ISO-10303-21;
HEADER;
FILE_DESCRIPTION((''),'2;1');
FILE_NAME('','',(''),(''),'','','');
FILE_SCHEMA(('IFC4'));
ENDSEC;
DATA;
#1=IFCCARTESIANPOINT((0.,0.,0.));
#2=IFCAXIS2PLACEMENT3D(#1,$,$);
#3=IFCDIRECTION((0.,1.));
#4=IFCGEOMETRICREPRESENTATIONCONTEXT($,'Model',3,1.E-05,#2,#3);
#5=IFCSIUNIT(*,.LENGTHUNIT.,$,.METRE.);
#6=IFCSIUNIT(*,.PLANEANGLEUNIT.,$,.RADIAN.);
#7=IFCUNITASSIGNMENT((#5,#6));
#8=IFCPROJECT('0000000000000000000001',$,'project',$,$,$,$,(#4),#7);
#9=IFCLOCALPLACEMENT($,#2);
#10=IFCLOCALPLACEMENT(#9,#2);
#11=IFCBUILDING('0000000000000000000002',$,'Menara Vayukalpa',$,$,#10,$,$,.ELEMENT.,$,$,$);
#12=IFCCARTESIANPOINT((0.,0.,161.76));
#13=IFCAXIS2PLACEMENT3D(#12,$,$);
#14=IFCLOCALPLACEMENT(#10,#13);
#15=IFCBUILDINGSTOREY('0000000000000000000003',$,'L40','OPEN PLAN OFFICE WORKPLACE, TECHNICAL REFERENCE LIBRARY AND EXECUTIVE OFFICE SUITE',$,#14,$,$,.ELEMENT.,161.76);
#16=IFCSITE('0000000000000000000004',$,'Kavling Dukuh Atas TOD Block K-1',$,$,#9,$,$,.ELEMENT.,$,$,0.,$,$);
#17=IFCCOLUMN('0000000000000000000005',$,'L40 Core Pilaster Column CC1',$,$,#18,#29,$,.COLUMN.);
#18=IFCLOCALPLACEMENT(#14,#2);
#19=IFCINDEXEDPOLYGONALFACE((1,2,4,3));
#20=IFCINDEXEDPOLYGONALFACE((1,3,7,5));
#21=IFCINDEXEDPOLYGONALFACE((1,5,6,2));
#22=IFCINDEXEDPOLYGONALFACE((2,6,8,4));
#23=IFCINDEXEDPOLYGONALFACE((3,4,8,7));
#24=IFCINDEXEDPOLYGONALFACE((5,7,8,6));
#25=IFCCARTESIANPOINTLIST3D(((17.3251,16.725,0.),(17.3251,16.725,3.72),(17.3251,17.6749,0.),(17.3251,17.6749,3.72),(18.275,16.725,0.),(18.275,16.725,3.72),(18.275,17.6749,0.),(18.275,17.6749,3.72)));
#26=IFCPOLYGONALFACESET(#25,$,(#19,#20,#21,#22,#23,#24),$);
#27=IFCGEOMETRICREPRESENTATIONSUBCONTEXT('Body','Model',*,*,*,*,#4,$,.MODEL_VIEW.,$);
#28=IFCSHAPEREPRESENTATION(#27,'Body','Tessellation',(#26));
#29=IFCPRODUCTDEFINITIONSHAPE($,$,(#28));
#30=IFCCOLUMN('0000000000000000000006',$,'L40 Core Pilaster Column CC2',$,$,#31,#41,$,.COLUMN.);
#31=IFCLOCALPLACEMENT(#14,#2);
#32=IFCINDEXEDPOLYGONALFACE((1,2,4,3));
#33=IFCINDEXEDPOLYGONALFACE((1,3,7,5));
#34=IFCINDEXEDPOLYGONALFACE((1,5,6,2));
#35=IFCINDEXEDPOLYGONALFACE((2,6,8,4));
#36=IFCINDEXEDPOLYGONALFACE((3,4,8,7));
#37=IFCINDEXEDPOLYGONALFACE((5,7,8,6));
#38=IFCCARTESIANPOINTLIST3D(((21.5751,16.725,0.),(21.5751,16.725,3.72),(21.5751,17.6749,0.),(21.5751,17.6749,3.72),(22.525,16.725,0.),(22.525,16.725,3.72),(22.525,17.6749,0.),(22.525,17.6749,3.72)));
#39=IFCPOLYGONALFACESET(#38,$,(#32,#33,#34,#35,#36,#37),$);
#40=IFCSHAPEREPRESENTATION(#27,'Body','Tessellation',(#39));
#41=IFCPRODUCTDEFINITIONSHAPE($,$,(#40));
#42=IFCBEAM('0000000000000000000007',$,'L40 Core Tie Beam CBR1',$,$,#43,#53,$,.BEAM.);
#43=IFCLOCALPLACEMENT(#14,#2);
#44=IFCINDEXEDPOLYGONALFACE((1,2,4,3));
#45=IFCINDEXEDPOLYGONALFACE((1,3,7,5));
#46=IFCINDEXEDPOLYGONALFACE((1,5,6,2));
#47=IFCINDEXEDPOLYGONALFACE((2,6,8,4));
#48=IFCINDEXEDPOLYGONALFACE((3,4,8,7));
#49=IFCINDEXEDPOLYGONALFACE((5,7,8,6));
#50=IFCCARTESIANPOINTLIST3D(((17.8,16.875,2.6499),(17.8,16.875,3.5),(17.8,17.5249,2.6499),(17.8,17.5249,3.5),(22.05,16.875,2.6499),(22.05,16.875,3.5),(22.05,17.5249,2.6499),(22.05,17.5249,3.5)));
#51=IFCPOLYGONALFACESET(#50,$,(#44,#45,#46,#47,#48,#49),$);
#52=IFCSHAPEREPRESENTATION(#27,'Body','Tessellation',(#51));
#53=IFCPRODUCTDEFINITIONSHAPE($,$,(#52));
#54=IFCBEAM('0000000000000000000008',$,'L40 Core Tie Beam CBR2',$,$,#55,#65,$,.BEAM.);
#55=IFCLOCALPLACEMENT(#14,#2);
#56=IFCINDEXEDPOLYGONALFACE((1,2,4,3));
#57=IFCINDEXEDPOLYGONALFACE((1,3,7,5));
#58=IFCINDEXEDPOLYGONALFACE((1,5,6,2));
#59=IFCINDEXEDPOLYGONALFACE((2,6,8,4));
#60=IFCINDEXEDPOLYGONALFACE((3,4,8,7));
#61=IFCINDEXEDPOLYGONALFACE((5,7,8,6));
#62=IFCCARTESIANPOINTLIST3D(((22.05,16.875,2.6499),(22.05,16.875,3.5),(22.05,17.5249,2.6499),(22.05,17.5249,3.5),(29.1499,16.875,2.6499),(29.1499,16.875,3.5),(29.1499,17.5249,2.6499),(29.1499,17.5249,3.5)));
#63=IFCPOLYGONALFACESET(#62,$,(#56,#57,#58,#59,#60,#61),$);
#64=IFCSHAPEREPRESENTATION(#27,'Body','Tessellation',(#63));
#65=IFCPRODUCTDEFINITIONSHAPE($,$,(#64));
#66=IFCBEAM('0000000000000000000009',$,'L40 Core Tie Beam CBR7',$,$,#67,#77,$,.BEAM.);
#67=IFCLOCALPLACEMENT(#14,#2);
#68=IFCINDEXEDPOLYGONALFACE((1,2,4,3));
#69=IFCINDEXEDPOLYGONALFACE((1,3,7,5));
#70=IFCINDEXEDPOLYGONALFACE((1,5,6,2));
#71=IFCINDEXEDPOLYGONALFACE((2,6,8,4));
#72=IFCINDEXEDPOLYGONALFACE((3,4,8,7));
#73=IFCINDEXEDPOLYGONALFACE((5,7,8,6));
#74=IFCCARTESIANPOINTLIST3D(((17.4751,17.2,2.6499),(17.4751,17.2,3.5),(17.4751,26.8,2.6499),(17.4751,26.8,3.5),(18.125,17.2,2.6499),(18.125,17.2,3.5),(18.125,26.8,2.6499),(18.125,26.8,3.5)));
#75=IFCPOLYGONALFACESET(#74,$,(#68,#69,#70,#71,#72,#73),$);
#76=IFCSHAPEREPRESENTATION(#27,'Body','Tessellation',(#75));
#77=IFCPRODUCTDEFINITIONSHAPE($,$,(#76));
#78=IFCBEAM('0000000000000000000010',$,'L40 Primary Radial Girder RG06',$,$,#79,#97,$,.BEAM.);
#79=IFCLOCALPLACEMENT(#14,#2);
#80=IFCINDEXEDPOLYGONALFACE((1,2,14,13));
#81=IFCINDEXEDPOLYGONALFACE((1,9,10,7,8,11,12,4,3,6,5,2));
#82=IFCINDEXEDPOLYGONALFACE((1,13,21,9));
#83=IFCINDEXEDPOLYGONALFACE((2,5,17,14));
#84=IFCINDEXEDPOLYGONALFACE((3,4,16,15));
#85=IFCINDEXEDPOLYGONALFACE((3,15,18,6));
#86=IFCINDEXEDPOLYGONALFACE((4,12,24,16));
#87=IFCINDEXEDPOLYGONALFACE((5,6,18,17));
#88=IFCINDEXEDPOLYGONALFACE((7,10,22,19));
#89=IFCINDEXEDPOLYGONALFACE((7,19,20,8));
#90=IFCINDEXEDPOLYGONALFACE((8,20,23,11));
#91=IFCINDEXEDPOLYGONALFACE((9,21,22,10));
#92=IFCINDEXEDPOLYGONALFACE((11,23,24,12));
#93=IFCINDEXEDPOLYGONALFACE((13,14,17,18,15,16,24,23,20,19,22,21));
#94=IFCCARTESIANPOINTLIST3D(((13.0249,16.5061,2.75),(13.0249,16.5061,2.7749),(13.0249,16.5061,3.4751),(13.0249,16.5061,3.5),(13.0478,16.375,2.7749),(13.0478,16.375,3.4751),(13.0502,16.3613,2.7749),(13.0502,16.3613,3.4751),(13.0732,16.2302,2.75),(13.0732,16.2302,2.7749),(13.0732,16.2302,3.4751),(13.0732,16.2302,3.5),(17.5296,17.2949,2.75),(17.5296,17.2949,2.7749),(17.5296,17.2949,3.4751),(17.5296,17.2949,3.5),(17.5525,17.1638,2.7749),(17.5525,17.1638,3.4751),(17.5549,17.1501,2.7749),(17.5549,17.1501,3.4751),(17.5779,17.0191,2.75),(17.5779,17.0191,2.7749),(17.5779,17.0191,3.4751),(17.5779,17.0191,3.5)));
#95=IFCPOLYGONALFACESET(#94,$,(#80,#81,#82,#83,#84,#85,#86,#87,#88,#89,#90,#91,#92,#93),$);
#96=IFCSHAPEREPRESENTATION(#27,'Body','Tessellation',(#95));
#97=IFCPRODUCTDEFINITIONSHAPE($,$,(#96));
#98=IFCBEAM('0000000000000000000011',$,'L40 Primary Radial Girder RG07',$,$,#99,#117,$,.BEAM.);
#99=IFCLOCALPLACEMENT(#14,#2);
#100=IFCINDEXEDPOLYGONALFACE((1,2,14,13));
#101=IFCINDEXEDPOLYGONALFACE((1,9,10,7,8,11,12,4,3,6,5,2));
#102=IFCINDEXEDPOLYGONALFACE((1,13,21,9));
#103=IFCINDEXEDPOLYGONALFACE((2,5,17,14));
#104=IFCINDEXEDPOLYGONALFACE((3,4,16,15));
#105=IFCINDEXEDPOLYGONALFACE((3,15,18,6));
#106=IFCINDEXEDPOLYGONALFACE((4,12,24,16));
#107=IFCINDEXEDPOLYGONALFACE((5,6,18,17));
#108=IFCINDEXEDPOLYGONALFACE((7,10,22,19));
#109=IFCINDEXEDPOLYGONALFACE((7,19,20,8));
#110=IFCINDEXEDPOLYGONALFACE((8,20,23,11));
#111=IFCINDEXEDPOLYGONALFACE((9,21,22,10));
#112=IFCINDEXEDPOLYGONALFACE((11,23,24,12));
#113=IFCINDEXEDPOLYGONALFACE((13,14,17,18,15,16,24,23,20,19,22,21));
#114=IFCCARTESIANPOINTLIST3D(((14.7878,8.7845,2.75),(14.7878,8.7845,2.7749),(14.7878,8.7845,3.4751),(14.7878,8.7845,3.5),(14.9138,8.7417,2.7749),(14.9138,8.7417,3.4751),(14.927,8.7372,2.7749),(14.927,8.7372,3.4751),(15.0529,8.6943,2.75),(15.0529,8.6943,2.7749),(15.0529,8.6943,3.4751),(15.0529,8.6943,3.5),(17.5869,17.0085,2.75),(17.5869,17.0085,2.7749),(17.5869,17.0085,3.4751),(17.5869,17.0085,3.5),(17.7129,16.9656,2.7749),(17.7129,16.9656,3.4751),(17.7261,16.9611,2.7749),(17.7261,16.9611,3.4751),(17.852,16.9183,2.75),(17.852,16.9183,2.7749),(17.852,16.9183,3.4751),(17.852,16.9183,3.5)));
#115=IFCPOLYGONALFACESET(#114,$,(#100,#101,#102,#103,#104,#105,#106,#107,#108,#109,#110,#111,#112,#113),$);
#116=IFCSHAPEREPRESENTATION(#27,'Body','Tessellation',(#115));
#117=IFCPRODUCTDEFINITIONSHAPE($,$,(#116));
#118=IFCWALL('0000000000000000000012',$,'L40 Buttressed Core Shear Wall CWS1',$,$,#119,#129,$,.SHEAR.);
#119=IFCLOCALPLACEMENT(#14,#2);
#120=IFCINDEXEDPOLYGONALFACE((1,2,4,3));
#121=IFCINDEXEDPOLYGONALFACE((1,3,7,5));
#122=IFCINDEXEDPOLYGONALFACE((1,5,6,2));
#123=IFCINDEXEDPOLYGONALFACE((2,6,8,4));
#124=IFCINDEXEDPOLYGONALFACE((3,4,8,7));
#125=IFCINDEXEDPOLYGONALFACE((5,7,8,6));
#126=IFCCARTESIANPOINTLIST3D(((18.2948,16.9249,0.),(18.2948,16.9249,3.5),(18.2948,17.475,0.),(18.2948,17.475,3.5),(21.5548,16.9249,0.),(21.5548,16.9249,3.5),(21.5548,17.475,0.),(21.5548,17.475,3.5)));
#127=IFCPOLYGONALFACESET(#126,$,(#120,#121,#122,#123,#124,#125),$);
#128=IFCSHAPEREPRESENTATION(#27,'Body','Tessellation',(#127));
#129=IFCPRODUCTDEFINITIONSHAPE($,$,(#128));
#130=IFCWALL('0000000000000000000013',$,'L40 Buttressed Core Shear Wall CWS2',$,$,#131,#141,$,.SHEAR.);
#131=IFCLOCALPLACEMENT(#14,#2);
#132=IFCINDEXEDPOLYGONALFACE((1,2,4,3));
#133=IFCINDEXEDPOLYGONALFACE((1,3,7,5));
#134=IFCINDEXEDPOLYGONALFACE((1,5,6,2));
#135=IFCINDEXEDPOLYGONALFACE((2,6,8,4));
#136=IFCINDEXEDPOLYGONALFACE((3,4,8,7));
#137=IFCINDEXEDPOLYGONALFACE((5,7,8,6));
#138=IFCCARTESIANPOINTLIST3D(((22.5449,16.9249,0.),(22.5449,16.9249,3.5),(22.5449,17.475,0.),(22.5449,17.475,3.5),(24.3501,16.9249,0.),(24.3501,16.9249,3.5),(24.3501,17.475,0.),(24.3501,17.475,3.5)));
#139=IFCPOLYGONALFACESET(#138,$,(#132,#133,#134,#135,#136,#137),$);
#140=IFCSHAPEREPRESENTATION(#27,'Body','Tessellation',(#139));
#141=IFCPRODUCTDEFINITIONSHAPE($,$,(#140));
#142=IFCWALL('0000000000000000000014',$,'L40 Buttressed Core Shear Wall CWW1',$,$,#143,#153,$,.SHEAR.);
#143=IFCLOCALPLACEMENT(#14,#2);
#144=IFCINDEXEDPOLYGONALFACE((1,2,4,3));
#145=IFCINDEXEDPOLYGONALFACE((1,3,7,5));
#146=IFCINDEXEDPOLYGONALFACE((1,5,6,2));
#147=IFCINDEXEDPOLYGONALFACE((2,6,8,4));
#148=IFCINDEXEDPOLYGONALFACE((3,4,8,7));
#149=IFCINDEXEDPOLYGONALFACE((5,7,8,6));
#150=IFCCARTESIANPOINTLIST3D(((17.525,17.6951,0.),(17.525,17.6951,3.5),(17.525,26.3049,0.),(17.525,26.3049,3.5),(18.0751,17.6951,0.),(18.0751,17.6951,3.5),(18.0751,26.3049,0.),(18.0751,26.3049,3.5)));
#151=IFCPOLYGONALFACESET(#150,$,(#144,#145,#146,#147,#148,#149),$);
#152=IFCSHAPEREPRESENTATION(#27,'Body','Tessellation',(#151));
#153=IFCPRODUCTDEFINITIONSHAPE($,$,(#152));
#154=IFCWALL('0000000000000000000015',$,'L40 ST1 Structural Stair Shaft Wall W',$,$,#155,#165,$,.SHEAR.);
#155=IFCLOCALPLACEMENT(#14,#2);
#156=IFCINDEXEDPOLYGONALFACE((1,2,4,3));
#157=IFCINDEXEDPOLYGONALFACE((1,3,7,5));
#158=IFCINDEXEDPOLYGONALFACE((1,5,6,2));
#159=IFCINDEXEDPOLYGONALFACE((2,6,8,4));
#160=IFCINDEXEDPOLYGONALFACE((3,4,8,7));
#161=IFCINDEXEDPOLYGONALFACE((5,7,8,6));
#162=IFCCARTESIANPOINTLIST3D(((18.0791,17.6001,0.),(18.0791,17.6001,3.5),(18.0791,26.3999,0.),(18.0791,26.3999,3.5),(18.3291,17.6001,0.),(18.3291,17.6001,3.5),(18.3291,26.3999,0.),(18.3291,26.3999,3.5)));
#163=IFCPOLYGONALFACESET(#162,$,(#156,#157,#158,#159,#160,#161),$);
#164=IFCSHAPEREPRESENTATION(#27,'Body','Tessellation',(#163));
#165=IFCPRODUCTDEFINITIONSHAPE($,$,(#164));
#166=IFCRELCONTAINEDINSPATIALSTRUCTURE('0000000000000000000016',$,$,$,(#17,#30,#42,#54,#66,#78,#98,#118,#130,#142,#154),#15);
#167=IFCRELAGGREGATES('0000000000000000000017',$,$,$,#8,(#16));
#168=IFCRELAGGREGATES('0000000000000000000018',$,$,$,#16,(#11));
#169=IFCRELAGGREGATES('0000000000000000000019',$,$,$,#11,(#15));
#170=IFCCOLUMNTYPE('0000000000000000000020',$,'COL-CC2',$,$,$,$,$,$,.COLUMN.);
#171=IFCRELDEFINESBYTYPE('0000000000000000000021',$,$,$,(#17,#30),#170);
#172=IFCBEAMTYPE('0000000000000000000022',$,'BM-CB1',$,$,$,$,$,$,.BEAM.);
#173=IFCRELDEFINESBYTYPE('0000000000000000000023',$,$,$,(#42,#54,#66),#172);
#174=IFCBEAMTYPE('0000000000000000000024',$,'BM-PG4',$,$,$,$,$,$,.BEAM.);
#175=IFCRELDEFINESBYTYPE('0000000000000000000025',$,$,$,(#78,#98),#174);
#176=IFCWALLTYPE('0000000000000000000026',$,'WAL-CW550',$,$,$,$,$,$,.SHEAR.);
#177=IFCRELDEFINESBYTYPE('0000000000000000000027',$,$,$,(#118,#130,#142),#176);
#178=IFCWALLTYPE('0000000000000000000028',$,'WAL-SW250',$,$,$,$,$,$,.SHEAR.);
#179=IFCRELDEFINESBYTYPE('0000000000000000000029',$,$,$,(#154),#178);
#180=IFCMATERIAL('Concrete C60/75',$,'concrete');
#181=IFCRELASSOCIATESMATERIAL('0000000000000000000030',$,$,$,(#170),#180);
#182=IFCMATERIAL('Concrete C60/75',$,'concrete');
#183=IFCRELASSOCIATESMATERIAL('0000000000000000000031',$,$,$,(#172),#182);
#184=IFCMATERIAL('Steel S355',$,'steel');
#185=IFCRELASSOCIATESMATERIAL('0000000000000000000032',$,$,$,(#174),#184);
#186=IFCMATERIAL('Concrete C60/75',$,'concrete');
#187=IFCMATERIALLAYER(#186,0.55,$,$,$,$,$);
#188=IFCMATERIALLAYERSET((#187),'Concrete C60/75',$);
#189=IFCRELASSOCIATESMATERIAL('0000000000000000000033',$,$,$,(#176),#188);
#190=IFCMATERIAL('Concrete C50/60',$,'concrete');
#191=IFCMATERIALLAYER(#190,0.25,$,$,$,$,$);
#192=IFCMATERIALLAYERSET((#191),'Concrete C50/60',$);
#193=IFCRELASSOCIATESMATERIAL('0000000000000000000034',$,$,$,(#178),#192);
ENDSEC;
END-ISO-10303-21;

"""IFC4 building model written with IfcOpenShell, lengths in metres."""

from ifc_helpers import new_model, si_unit, direction, frame, frame_2d, origin, origin_2d, place, context, subcontext, project, spatial, rectangle, i_section, extrude, material, layer, layer_set, material_profile, profile_set, type_object, element, save


model = new_model("IFC4")

# Units and contexts
model_context = context("Model", 3, precision=1e-05, world=origin(), true_north=direction((0.0, 1.0)))
body_context = subcontext(model_context, "Body", "Model", "MODEL_VIEW")
ifc_project = project(units=[si_unit("LENGTHUNIT", "METRE"), si_unit("PLANEANGLEUNIT", "RADIAN")], contexts=[model_context])

# Site, building, storey
site_placement = place(None, origin())
site = spatial("IfcSite", under=ifc_project, at=site_placement, Name="Kavling Dukuh Atas TOD Block K-1", CompositionType="ELEMENT", RefElevation=0.0)
building_placement = place(site_placement, origin())
building = spatial("IfcBuilding", under=site, at=building_placement, Name="Menara Vayukalpa", CompositionType="ELEMENT")
storey_placement = place(building_placement, frame((0.0, 0.0, 161.76)))
storey = spatial("IfcBuildingStorey", under=building, at=storey_placement, Name="L40", Description="OPEN PLAN OFFICE WORKPLACE, TECHNICAL REFERENCE LIBRARY AND EXECUTIVE OFFICE SUITE", CompositionType="ELEMENT", Elevation=161.76)

# Columns
ifc_material_1 = material(Name="Concrete C60/75", Category="concrete")
ifc_material_profile_1 = material_profile(ifc_material_1, rectangle(XDim=0.95, YDim=0.95, at=origin_2d()), Name="RC 950x950")
ifc_profile_set_1 = profile_set([ifc_material_profile_1], Name="Concrete C60/75")
column_type = type_object("IfcColumnType", Name="COL-CC2", PredefinedType="COLUMN", material=ifc_profile_set_1)
for number, where, z_axis, x_axis, name in (
    (1, (17.8, 17.2, 0.0), (0.0, 0.0, 1.0), (1.0, 0.0, 0.0), "L40 Core Pilaster Column CC1"),
    (2, (22.05, 17.2, 0.0), (0.0, 0.0, 1.0), (1.0, 0.0, 0.0), "L40 Core Pilaster Column CC2"),
):
    element("IfcColumn", number, at=place(storey_placement, frame(where, z_axis=z_axis, x_axis=x_axis)), inside=storey, type_object=column_type, Name=name, PredefinedType="COLUMN", context=body_context, shape_type="SweptSolid", body=[
        extrude(rectangle(XDim=0.95, YDim=0.95, at=origin_2d()), origin(), (0.0, 0.0, 1.0), 3.72),
    ])

# Beams
ifc_material_2 = material(Name="Concrete C60/75", Category="concrete")
ifc_material_profile_2 = material_profile(ifc_material_2, rectangle(XDim=0.6499, YDim=0.8501, at=origin_2d()), Name="RC 650x850")
ifc_profile_set_2 = profile_set([ifc_material_profile_2], Name="Concrete C60/75")
beam_type_1 = type_object("IfcBeamType", Name="BM-CB1", PredefinedType="BEAM", material=ifc_profile_set_2)
beam_1_placement = place(storey_placement, frame((17.8, 17.2, 3.075), z_axis=(1.0, 0.0, 0.0), x_axis=(0.0, 1.0, 0.0)))
element("IfcBeam", 3, at=beam_1_placement, inside=storey, type_object=beam_type_1, Name="L40 Core Tie Beam CBR1", PredefinedType="BEAM", context=body_context, shape_type="SweptSolid", body=[
    extrude(rectangle(XDim=0.6499, YDim=0.8501, at=origin_2d()), origin(), (0.0, 0.0, 1.0), 4.25),
])
beam_2_placement = place(storey_placement, frame((22.05, 17.2, 3.075), z_axis=(1.0, 0.0, 0.0), x_axis=(0.0, 1.0, 0.0)))
element("IfcBeam", 4, at=beam_2_placement, inside=storey, type_object=beam_type_1, Name="L40 Core Tie Beam CBR2", PredefinedType="BEAM", context=body_context, shape_type="SweptSolid", body=[
    extrude(rectangle(XDim=0.6499, YDim=0.8501, at=origin_2d()), origin(), (0.0, 0.0, 1.0), 7.0999),
])
beam_3_placement = place(storey_placement, frame((17.8, 17.2, 3.075), z_axis=(0.0, 1.0, 0.0), x_axis=(-1.0, 0.0, 0.0)))
element("IfcBeam", 5, at=beam_3_placement, inside=storey, type_object=beam_type_1, Name="L40 Core Tie Beam CBR7", PredefinedType="BEAM", context=body_context, shape_type="SweptSolid", body=[
    extrude(rectangle(XDim=0.6499, YDim=0.8501, at=origin_2d()), origin(), (0.0, 0.0, 1.0), 9.6001),
])
ifc_material_3 = material(Name="Steel S355", Category="steel")
ifc_material_profile_3 = material_profile(ifc_material_3, i_section(OverallWidth=0.28, OverallDepth=0.75, WebThickness=0.0139, FlangeThickness=0.0249, at=origin_2d()), Name="WF 750x280x14x25")
ifc_profile_set_3 = profile_set([ifc_material_profile_3], Name="Steel S355")
beam_type_2 = type_object("IfcBeamType", Name="BM-PG4", PredefinedType="BEAM", material=ifc_profile_set_3)
beam_4_placement = place(storey_placement, frame((17.5537, 17.157, 3.125), z_axis=(-0.985012, -0.172488, 0.0), x_axis=(0.172488, -0.985012, 0.0)))
element("IfcBeam", 6, at=beam_4_placement, inside=storey, type_object=beam_type_2, Name="L40 Primary Radial Girder RG06", PredefinedType="BEAM", context=body_context, shape_type="SweptSolid", body=[
    extrude(i_section(OverallWidth=0.28, OverallDepth=0.75, WebThickness=0.0139, FlangeThickness=0.0249, at=origin_2d()), origin(), (0.0, 0.0, 1.0), 4.5732),
])
beam_5_placement = place(storey_placement, frame((17.7195, 16.9634, 3.125), z_axis=(-0.322208, -0.946669, 0.0), x_axis=(0.946669, -0.322208, 0.0)))
element("IfcBeam", 7, at=beam_5_placement, inside=storey, type_object=beam_type_2, Name="L40 Primary Radial Girder RG07", PredefinedType="BEAM", context=body_context, shape_type="SweptSolid", body=[
    extrude(i_section(OverallWidth=0.28, OverallDepth=0.75, WebThickness=0.0139, FlangeThickness=0.0249, at=origin_2d()), origin(), (0.0, 0.0, 1.0), 8.6873),
])

# Walls
ifc_material_4 = material(Name="Concrete C60/75", Category="concrete")
ifc_layer_1 = layer(ifc_material_4, 0.55)
ifc_layer_set_1 = layer_set([ifc_layer_1], Name="Concrete C60/75")
wall_type_1 = type_object("IfcWallType", Name="WAL-CW550", PredefinedType="SHEAR", material=ifc_layer_set_1)
wall_1_placement = place(storey_placement, frame((18.2949, 17.2, 0.0), z_axis=(0.0, 0.0, 1.0), x_axis=(1.0, 0.0, 0.0)))
element("IfcWall", 8, at=wall_1_placement, inside=storey, type_object=wall_type_1, Name="L40 Buttressed Core Shear Wall CWS1", PredefinedType="SHEAR", context=body_context, shape_type="SweptSolid", body=[
    extrude(rectangle(XDim=3.26, YDim=0.55, at=frame_2d((1.6299, 0.0))), origin(), (0.0, 0.0, 1.0), 3.5),
])
wall_2_placement = place(storey_placement, frame((22.5449, 17.2, 0.0), z_axis=(0.0, 0.0, 1.0), x_axis=(1.0, 0.0, 0.0)))
element("IfcWall", 9, at=wall_2_placement, inside=storey, type_object=wall_type_1, Name="L40 Buttressed Core Shear Wall CWS2", PredefinedType="SHEAR", context=body_context, shape_type="SweptSolid", body=[
    extrude(rectangle(XDim=1.8052, YDim=0.55, at=frame_2d((0.9026, 0.0))), origin(), (0.0, 0.0, 1.0), 3.5),
])
wall_3_placement = place(storey_placement, frame((17.8, 17.6951, 0.0), z_axis=(0.0, 0.0, 1.0), x_axis=(0.0, 1.0, 0.0)))
element("IfcWall", 10, at=wall_3_placement, inside=storey, type_object=wall_type_1, Name="L40 Buttressed Core Shear Wall CWW1", PredefinedType="SHEAR", context=body_context, shape_type="SweptSolid", body=[
    extrude(rectangle(XDim=8.6099, YDim=0.55, at=frame_2d((4.3049, 0.0))), origin(), (0.0, 0.0, 1.0), 3.5),
])
ifc_material_5 = material(Name="Concrete C50/60", Category="concrete")
ifc_layer_2 = layer(ifc_material_5, 0.25)
ifc_layer_set_2 = layer_set([ifc_layer_2], Name="Concrete C50/60")
wall_type_2 = type_object("IfcWallType", Name="WAL-SW250", PredefinedType="SHEAR", material=ifc_layer_set_2)
wall_4_placement = place(storey_placement, frame((18.2041, 17.6001, 0.0), z_axis=(0.0, 0.0, 1.0), x_axis=(0.0, 1.0, 0.0)))
element("IfcWall", 11, at=wall_4_placement, inside=storey, type_object=wall_type_2, Name="L40 ST1 Structural Stair Shaft Wall W", PredefinedType="SHEAR", context=body_context, shape_type="SweptSolid", body=[
    extrude(rectangle(XDim=8.7998, YDim=0.25, at=frame_2d((4.3999, 0.0))), origin(), (0.0, 0.0, 1.0), 3.5),
])

save(model, "model.ifc")
